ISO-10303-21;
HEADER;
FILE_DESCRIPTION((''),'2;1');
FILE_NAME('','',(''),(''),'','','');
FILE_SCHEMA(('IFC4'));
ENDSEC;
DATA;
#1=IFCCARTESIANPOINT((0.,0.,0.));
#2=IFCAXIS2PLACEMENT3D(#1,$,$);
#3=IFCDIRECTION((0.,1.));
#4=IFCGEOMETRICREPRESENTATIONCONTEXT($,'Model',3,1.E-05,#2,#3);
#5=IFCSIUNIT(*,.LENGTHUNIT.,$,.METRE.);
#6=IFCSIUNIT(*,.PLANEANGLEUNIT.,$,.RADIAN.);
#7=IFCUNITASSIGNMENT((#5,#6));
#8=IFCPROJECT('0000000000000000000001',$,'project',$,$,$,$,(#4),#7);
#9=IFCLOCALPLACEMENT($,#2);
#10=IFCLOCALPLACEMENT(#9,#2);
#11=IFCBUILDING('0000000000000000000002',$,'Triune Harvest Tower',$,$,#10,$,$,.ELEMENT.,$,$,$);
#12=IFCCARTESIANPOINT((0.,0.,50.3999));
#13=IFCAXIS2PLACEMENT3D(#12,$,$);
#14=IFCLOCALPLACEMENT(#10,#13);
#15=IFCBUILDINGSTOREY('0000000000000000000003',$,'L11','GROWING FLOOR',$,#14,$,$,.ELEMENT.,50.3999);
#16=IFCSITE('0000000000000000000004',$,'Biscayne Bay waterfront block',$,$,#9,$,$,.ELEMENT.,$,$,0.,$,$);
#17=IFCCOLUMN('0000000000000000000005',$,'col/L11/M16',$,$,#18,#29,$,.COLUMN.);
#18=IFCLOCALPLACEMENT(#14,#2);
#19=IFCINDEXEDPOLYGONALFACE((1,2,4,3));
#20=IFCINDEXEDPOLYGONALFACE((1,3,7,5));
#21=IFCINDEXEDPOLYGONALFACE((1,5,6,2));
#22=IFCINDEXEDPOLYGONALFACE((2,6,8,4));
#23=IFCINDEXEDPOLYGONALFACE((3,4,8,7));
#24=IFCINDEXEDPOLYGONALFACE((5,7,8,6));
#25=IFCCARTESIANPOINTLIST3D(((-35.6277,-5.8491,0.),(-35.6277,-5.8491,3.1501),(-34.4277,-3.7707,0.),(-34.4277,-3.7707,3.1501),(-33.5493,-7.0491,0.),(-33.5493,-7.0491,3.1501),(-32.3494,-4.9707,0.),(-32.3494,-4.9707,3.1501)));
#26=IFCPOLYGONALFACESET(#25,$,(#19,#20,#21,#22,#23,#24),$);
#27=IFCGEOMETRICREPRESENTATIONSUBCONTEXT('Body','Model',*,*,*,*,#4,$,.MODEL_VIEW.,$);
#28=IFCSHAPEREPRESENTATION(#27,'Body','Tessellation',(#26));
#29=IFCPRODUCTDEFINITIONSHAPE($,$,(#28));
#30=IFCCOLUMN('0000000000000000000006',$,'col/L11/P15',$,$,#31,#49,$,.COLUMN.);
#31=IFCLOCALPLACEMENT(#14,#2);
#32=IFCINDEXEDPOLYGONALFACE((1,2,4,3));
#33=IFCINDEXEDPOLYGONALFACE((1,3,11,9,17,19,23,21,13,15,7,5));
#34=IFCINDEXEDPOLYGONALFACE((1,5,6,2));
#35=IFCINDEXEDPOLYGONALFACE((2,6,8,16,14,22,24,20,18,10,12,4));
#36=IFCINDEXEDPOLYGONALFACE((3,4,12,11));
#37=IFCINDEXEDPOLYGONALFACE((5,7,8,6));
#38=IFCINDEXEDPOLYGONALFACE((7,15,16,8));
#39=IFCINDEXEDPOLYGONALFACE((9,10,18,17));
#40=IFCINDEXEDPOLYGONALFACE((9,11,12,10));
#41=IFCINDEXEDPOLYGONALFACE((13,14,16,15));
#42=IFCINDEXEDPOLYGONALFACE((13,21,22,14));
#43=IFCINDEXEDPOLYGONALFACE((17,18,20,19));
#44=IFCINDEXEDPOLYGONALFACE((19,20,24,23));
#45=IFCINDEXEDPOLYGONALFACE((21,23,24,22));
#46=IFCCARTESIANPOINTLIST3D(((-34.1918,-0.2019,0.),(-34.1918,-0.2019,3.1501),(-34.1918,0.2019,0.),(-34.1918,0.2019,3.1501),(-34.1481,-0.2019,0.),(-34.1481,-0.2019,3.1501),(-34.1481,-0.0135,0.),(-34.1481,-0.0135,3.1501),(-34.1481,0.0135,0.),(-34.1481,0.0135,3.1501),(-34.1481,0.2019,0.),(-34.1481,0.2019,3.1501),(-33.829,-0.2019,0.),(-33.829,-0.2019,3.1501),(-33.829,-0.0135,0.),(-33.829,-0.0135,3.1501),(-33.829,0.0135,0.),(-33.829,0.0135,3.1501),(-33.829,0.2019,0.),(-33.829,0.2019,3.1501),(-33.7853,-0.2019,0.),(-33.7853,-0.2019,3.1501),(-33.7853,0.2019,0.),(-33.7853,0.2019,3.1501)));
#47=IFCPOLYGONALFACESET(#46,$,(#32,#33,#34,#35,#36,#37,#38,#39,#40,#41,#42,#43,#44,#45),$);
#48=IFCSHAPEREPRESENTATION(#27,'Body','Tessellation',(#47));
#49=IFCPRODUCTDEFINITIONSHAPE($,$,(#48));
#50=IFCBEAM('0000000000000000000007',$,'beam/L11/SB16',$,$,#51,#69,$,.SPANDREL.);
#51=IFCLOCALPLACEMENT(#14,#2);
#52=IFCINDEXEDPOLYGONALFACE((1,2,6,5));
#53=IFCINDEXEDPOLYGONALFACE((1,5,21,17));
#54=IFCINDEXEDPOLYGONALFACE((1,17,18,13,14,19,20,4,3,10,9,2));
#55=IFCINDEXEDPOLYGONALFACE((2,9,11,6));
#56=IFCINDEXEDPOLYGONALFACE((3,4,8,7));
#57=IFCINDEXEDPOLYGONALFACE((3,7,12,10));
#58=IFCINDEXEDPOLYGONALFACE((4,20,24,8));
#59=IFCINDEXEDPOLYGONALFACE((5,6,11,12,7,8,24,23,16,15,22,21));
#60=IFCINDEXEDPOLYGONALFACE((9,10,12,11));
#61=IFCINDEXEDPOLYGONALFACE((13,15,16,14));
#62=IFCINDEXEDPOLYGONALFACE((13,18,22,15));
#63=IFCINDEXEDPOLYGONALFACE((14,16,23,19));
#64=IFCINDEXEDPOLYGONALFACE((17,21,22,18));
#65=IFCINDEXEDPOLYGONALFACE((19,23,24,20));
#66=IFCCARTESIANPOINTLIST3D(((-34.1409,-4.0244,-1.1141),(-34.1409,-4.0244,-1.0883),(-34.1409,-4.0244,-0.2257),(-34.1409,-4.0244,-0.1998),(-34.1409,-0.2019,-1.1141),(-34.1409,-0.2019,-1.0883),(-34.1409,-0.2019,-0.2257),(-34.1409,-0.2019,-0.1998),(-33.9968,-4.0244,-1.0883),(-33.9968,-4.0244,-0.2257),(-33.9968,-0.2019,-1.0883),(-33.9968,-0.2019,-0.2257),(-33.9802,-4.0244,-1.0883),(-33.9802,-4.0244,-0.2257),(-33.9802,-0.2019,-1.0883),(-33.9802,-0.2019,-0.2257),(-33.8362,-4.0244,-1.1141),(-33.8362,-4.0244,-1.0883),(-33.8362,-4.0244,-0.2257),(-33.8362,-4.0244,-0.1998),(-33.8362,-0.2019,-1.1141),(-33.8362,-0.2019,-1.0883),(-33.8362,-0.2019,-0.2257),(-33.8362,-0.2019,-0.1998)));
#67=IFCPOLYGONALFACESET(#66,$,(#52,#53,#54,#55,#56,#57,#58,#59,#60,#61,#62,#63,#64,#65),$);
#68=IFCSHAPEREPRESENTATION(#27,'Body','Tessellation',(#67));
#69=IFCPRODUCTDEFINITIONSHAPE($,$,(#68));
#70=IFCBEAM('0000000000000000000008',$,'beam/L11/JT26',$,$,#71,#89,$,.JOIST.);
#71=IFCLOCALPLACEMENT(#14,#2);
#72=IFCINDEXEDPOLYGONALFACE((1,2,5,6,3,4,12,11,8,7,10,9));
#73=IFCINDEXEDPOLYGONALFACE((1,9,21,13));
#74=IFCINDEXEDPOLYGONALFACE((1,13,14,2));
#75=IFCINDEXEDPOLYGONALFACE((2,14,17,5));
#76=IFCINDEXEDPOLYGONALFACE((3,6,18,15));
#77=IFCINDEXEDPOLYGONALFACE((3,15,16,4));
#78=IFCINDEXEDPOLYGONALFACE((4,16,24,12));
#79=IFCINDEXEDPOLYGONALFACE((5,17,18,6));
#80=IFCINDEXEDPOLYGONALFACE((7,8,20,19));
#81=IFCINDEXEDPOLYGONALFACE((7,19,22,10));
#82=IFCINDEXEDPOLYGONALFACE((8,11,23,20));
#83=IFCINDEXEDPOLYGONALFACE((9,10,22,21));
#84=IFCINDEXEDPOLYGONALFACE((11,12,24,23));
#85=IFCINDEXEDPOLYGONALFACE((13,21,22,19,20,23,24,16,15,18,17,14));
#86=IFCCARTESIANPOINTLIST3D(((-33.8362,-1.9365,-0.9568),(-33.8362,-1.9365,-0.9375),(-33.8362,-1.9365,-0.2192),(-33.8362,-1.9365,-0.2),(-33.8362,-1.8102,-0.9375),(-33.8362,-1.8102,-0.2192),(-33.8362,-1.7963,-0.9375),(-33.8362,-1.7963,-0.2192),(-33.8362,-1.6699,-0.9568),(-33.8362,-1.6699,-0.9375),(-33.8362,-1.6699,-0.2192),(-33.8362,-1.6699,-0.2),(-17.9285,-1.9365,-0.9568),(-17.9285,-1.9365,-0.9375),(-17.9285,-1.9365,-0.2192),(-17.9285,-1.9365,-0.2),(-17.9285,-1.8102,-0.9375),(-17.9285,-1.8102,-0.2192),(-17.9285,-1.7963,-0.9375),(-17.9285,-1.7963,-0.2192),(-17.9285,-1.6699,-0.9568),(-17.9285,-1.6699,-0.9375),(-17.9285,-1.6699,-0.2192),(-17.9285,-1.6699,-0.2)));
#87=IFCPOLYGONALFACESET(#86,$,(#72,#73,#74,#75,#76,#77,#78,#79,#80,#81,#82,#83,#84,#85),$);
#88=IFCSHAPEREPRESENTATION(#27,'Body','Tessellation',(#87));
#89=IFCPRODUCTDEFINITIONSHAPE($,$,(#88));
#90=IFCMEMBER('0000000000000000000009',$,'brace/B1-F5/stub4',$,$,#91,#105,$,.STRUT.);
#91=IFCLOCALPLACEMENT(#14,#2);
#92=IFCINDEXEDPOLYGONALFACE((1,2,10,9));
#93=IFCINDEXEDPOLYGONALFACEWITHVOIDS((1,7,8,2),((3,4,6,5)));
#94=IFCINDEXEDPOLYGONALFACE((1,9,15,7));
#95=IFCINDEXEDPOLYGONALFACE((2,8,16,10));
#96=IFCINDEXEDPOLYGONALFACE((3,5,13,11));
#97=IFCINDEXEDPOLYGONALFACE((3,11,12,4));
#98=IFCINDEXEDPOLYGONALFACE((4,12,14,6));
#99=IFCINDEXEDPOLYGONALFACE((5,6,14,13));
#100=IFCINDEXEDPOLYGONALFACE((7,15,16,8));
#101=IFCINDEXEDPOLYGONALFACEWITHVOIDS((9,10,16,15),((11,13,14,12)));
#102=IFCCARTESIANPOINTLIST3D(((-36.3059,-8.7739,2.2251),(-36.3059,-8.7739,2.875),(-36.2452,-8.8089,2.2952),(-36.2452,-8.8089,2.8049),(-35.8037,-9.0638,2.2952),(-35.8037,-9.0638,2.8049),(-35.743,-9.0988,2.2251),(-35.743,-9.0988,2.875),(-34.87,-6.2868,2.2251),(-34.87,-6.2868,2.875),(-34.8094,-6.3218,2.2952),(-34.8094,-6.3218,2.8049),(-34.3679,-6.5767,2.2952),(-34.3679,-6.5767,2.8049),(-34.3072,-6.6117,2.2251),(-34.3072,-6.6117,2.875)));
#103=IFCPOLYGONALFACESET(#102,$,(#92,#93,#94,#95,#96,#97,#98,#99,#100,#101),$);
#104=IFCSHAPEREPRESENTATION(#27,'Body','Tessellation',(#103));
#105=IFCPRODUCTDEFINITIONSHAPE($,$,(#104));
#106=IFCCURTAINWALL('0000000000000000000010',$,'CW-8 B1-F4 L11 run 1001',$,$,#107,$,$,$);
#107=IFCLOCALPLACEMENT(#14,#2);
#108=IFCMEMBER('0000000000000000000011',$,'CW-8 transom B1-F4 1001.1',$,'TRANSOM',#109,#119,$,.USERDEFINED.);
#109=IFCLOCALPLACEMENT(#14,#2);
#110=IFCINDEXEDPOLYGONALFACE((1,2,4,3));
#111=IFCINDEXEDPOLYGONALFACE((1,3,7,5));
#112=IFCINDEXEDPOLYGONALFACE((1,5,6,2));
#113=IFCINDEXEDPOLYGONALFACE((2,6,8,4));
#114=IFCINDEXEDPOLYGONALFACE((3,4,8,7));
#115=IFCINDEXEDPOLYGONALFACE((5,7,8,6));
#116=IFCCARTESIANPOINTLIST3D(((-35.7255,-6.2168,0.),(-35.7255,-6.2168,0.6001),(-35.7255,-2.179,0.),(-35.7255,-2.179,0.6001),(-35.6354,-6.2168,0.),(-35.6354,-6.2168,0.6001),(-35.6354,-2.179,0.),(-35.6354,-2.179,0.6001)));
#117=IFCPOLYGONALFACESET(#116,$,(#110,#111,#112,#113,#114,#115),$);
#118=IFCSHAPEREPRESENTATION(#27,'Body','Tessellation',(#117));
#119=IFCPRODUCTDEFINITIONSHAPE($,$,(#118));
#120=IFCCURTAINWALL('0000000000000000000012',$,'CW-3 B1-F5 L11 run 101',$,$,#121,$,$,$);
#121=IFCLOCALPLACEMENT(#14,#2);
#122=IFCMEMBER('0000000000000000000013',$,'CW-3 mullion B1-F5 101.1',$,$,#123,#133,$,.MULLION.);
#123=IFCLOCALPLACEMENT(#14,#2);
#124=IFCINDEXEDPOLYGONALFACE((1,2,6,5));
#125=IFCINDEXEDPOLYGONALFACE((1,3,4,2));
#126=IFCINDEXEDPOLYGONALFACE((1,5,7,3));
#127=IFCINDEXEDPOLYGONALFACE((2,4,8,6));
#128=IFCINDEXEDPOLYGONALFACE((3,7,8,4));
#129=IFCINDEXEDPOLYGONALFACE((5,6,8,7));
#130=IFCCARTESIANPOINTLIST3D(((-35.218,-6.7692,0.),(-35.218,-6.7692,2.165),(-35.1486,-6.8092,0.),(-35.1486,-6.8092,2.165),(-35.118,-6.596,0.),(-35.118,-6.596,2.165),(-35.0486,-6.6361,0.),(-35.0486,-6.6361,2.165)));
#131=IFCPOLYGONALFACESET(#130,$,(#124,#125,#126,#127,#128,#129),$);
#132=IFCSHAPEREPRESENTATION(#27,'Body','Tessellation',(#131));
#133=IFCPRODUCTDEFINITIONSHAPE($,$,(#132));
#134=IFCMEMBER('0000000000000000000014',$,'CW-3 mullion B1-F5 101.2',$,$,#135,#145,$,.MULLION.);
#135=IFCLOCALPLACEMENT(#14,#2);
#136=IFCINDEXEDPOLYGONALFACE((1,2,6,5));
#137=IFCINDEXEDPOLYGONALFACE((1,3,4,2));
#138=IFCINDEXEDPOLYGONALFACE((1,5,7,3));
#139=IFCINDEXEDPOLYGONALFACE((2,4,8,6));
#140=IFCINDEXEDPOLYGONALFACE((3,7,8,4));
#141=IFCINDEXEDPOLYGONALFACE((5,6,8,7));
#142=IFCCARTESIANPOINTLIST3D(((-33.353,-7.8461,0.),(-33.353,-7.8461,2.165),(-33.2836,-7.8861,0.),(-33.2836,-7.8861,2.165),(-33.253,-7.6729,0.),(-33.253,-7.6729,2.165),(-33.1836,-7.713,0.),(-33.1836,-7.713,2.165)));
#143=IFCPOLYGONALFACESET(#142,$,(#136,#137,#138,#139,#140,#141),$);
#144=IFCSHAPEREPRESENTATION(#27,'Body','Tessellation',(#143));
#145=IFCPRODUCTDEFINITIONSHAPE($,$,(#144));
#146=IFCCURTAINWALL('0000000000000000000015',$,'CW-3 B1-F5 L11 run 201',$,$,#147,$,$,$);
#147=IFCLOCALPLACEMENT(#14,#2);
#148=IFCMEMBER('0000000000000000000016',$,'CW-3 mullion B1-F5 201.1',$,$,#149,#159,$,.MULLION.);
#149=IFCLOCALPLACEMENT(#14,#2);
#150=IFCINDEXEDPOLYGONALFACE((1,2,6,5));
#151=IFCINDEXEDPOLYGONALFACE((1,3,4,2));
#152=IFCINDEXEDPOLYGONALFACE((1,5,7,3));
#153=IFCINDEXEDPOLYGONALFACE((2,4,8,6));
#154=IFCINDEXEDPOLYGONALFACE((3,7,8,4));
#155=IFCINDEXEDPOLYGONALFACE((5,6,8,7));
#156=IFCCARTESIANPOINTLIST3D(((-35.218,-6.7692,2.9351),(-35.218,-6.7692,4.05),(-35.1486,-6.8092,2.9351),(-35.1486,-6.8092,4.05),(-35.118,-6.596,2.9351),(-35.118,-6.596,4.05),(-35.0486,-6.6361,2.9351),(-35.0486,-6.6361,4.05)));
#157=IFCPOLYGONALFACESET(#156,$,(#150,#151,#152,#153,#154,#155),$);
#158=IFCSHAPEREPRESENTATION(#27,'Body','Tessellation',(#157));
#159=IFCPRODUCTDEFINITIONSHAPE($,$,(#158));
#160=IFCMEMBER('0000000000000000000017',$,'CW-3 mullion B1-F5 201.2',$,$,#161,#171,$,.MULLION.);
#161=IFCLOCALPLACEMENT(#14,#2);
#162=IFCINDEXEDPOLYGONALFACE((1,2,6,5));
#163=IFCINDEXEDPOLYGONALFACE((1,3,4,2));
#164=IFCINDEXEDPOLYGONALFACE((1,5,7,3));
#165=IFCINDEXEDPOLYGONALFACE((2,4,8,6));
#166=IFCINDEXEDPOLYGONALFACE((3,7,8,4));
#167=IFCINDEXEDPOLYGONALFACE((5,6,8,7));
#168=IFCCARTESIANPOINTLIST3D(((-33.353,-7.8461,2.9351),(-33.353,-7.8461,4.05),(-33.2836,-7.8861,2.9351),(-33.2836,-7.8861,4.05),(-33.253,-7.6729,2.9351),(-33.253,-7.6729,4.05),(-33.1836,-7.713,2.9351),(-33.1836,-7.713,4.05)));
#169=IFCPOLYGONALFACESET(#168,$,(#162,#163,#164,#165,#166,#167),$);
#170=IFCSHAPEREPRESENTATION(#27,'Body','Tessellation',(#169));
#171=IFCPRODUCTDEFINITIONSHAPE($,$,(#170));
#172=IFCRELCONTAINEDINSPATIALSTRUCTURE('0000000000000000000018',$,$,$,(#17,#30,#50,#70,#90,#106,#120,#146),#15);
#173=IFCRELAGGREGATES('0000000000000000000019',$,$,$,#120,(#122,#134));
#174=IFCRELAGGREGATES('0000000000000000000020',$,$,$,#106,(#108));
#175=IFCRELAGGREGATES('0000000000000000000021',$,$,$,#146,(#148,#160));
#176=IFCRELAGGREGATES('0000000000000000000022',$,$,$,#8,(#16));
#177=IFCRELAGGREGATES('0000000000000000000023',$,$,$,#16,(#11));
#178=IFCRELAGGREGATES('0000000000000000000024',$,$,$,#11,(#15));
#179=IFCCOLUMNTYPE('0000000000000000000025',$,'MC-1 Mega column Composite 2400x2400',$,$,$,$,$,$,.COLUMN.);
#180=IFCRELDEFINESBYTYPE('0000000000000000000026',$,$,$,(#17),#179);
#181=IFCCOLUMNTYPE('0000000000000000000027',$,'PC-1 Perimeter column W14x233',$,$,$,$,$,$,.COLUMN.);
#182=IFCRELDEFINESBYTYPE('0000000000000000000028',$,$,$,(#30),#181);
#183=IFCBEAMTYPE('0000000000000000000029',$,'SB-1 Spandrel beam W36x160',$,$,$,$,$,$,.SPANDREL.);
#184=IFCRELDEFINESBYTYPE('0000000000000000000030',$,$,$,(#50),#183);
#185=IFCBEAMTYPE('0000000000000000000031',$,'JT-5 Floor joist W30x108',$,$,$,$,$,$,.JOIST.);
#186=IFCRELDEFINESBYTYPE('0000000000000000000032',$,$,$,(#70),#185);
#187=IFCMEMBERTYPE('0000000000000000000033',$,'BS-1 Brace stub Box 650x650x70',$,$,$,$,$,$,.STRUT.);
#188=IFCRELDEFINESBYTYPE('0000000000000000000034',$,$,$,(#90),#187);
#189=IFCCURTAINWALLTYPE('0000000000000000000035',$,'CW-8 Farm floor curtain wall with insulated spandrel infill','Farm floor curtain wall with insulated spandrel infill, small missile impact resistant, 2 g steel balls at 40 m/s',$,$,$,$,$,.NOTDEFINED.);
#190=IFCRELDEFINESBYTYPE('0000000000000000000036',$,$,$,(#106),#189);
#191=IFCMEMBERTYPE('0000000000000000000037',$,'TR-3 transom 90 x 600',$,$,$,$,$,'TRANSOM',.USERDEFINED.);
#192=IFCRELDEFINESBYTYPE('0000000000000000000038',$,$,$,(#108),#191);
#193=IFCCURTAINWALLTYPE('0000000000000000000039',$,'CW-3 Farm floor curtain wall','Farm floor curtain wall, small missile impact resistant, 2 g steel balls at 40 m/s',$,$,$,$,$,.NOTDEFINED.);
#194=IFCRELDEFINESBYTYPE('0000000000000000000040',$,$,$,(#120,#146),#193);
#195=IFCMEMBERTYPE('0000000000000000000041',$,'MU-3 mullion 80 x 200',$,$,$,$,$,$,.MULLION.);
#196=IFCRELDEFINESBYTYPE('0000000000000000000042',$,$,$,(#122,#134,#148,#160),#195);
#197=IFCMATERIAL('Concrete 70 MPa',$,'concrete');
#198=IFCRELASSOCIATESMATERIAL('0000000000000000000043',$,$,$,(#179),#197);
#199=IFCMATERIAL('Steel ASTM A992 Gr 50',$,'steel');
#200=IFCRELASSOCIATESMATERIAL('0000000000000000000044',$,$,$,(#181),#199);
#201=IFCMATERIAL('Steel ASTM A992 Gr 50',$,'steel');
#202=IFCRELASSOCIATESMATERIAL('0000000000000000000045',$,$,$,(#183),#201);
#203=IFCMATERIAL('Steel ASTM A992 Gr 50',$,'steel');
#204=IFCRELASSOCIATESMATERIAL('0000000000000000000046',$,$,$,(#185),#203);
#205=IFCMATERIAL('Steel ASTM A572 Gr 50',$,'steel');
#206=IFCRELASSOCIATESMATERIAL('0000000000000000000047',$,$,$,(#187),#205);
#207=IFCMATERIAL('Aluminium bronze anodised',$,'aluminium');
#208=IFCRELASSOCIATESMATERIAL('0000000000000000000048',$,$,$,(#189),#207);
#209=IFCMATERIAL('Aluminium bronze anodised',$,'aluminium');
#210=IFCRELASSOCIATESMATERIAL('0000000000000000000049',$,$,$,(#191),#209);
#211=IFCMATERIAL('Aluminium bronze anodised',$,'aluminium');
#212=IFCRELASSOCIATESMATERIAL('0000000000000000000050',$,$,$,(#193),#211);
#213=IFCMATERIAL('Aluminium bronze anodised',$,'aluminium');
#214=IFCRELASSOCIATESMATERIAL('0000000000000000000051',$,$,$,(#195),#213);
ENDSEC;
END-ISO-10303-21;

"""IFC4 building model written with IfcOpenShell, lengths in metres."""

from ifc_helpers import new_model, si_unit, direction, frame, origin, origin_2d, place, context, subcontext, project, spatial, rectangle, hollow_rectangle, i_section, extrude, source, transform, mapped, material, material_profile, profile_set, type_object, element, aggregate, save


model = new_model("IFC4")

# Units and contexts
model_context = context("Model", 3, precision=1e-05, world=origin(), true_north=direction((0.0, 1.0)))
body_context = subcontext(model_context, "Body", "Model", "MODEL_VIEW")
ifc_project = project(units=[si_unit("LENGTHUNIT", "METRE"), si_unit("PLANEANGLEUNIT", "RADIAN")], contexts=[model_context])

# Site, building, storey
site_placement = place(None, origin())
site = spatial("IfcSite", under=ifc_project, at=site_placement, Name="Biscayne Bay waterfront block", CompositionType="ELEMENT", RefElevation=0.0)
building_placement = place(site_placement, origin())
building = spatial("IfcBuilding", under=site, at=building_placement, Name="Triune Harvest Tower", CompositionType="ELEMENT")
storey_placement = place(building_placement, frame((0.0, 0.0, 50.3999)))
storey = spatial("IfcBuildingStorey", under=building, at=storey_placement, Name="L11", Description="GROWING FLOOR", CompositionType="ELEMENT", Elevation=50.3999)

# Columns
ifc_material_1 = material(Name="Concrete 70 MPa", Category="concrete")
ifc_material_profile_1 = material_profile(ifc_material_1, rectangle(XDim=2.3999, YDim=2.3999, at=origin_2d()), Name="Composite 2400x2400")
ifc_profile_set_1 = profile_set([ifc_material_profile_1], Name="Concrete 70 MPa")
column_type_1 = type_object("IfcColumnType", Name="MC-1 Mega column Composite 2400x2400", PredefinedType="COLUMN", material=ifc_profile_set_1)
shared_shape_1 = source(origin(), body_context, "Body", "SweptSolid", [
    extrude(rectangle(XDim=2.3999, YDim=2.3999, at=origin_2d()), origin(), (0.0, 0.0, 1.0), 3.1501),
])
column_1_placement = place(storey_placement, frame((-33.9885, -5.4099, 0.0), z_axis=(0.0, 0.0, 1.0), x_axis=(0.866025, -0.5, 0.0)))
element("IfcColumn", 1, at=column_1_placement, inside=storey, type_object=column_type_1, Name="col/L11/M16", PredefinedType="COLUMN", context=body_context, shape_type="MappedRepresentation", body=[
    mapped(shared_shape_1, transform((0.0, 0.0, 0.0), scale=1.0)),
])
ifc_material_2 = material(Name="Steel ASTM A992 Gr 50", Category="steel")
ifc_material_profile_2 = material_profile(ifc_material_2, i_section(OverallWidth=0.4038, OverallDepth=0.4065, WebThickness=0.0271, FlangeThickness=0.0437, at=origin_2d()), Name="W14x233")
ifc_profile_set_2 = profile_set([ifc_material_profile_2], Name="Steel ASTM A992 Gr 50")
column_type_2 = type_object("IfcColumnType", Name="PC-1 Perimeter column W14x233", PredefinedType="COLUMN", material=ifc_profile_set_2)
shared_shape_2 = source(origin(), body_context, "Body", "SweptSolid", [
    extrude(i_section(OverallWidth=0.4038, OverallDepth=0.4065, WebThickness=0.0271, FlangeThickness=0.0437, at=origin_2d()), origin(), (0.0, 0.0, 1.0), 3.1501),
])
column_2_placement = place(storey_placement, frame((-33.9885, 0.0, 0.0), z_axis=(0.0, 0.0, 1.0), x_axis=(0.0, -1.0, 0.0)))
element("IfcColumn", 2, at=column_2_placement, inside=storey, type_object=column_type_2, Name="col/L11/P15", PredefinedType="COLUMN", context=body_context, shape_type="MappedRepresentation", body=[
    mapped(shared_shape_2, transform((0.0, 0.0, 0.0), scale=1.0)),
])

# Beams
ifc_material_3 = material(Name="Steel ASTM A992 Gr 50", Category="steel")
ifc_material_profile_3 = material_profile(ifc_material_3, i_section(OverallWidth=0.3047, OverallDepth=0.9143, WebThickness=0.0166, FlangeThickness=0.0259, at=origin_2d()), Name="W36x160")
ifc_profile_set_3 = profile_set([ifc_material_profile_3], Name="Steel ASTM A992 Gr 50")
beam_type_1 = type_object("IfcBeamType", Name="SB-1 Spandrel beam W36x160", PredefinedType="SPANDREL", material=ifc_profile_set_3)
shared_shape_3 = source(origin(), body_context, "Body", "SweptSolid", [
    extrude(i_section(OverallWidth=0.3047, OverallDepth=0.9143, WebThickness=0.0166, FlangeThickness=0.0259, at=origin_2d()), origin(), (0.0, 0.0, 1.0), 3.8225),
])
beam_1_placement = place(storey_placement, frame((-33.9885, -0.2019, -0.657), z_axis=(0.0, -1.0, 0.0), x_axis=(1.0, 0.0, 0.0)))
element("IfcBeam", 3, at=beam_1_placement, inside=storey, type_object=beam_type_1, Name="beam/L11/SB16", PredefinedType="SPANDREL", context=body_context, shape_type="MappedRepresentation", body=[
    mapped(shared_shape_3, transform((0.0, 0.0, 0.0), scale=1.0)),
])
ifc_material_4 = material(Name="Steel ASTM A992 Gr 50", Category="steel")
ifc_material_profile_4 = material_profile(ifc_material_4, i_section(OverallWidth=0.2666, OverallDepth=0.7568, WebThickness=0.0139, FlangeThickness=0.0193, at=origin_2d()), Name="W30x108")
ifc_profile_set_4 = profile_set([ifc_material_profile_4], Name="Steel ASTM A992 Gr 50")
beam_type_2 = type_object("IfcBeamType", Name="JT-5 Floor joist W30x108", PredefinedType="JOIST", material=ifc_profile_set_4)
shared_shape_4 = source(origin(), body_context, "Body", "SweptSolid", [
    extrude(i_section(OverallWidth=0.2666, OverallDepth=0.7568, WebThickness=0.0139, FlangeThickness=0.0193, at=origin_2d()), origin(), (0.0, 0.0, 1.0), 15.9077),
])
beam_2_placement = place(storey_placement, frame((-33.8362, -1.8032, -0.5784), z_axis=(1.0, 0.0, 0.0), x_axis=(0.0, 1.0, 0.0)))
element("IfcBeam", 4, at=beam_2_placement, inside=storey, type_object=beam_type_2, Name="beam/L11/JT26", PredefinedType="JOIST", context=body_context, shape_type="MappedRepresentation", body=[
    mapped(shared_shape_4, transform((0.0, 0.0, 0.0), scale=1.0)),
])

# Member
ifc_material_5 = material(Name="Steel ASTM A572 Gr 50", Category="steel")
ifc_material_profile_5 = material_profile(ifc_material_5, hollow_rectangle(XDim=0.6499, YDim=0.6499, WallThickness=0.0701, at=origin_2d()), Name="Box 650x650x70")
ifc_profile_set_5 = profile_set([ifc_material_profile_5], Name="Steel ASTM A572 Gr 50")
member_type_1 = type_object("IfcMemberType", Name="BS-1 Brace stub Box 650x650x70", PredefinedType="STRUT", material=ifc_profile_set_5)
shared_shape_5 = source(origin(), body_context, "Body", "SweptSolid", [
    extrude(hollow_rectangle(XDim=0.6499, YDim=0.6499, WallThickness=0.0701, at=origin_2d()), origin(), (0.0, 0.0, 1.0), 2.8718),
])
member_1_placement = place(storey_placement, frame((-34.5886, -6.4492, 2.55), z_axis=(-0.49997, -0.866043, 0.0), x_axis=(0.866043, -0.49997, 0.0)))
element("IfcMember", 5, at=member_1_placement, inside=storey, type_object=member_type_1, Name="brace/B1-F5/stub4", PredefinedType="STRUT", context=body_context, shape_type="MappedRepresentation", body=[
    mapped(shared_shape_5, transform((0.0, 0.0, 0.0), scale=1.0)),
])

# Curtain wall, member
ifc_material_6 = material(Name="Aluminium bronze anodised", Category="aluminium")
curtain_wall_type_1 = type_object("IfcCurtainWallType", Name="CW-8 Farm floor curtain wall with insulated spandrel infill", Description="Farm floor curtain wall with insulated spandrel infill, small missile impact resistant, 2 g steel balls at 40 m/s", PredefinedType="NOTDEFINED", material=ifc_material_6)
curtain_wall_1_placement = place(storey_placement, origin())
curtain_wall_1 = element("IfcCurtainWall", 6, at=curtain_wall_1_placement, inside=storey, type_object=curtain_wall_type_1, Name="CW-8 B1-F4 L11 run 1001")
ifc_material_7 = material(Name="Aluminium bronze anodised", Category="aluminium")
ifc_material_profile_6 = material_profile(ifc_material_7, rectangle(XDim=0.0901, YDim=0.6001, at=origin_2d()), Name="TR-3 transom 90 x 600")
ifc_profile_set_6 = profile_set([ifc_material_profile_6], Name="Aluminium bronze anodised")
member_type_2 = type_object("IfcMemberType", Name="TR-3 transom 90 x 600", ElementType="TRANSOM", PredefinedType="USERDEFINED", material=ifc_profile_set_6)
shared_shape_6 = source(origin(), body_context, "Body", "SweptSolid", [
    extrude(rectangle(XDim=0.0901, YDim=0.6001, at=origin_2d()), origin(), (0.0, 0.0, 1.0), 4.0378),
])
member_2_placement = place(storey_placement, frame((-35.6804, -2.179, 0.3), z_axis=(0.0, -1.0, 0.0), x_axis=(1.0, 0.0, 0.0)))
member_2 = element("IfcMember", 7, at=member_2_placement, type_object=member_type_2, Name="CW-8 transom B1-F4 1001.1", ObjectType="TRANSOM", PredefinedType="USERDEFINED", context=body_context, shape_type="MappedRepresentation", body=[
    mapped(shared_shape_6, transform((0.0, 0.0, 0.0), scale=1.0)),
])

# Curtain walls, members
ifc_material_8 = material(Name="Aluminium bronze anodised", Category="aluminium")
curtain_wall_type_2 = type_object("IfcCurtainWallType", Name="CW-3 Farm floor curtain wall", Description="Farm floor curtain wall, small missile impact resistant, 2 g steel balls at 40 m/s", PredefinedType="NOTDEFINED", material=ifc_material_8)
curtain_wall_2_placement = place(storey_placement, origin())
curtain_wall_2 = element("IfcCurtainWall", 8, at=curtain_wall_2_placement, inside=storey, type_object=curtain_wall_type_2, Name="CW-3 B1-F5 L11 run 101")
ifc_material_9 = material(Name="Aluminium bronze anodised", Category="aluminium")
ifc_material_profile_7 = material_profile(ifc_material_9, rectangle(XDim=0.2, YDim=0.0801, at=origin_2d()), Name="MU-3 mullion 80 x 200")
ifc_profile_set_7 = profile_set([ifc_material_profile_7], Name="Aluminium bronze anodised")
member_type_3 = type_object("IfcMemberType", Name="MU-3 mullion 80 x 200", PredefinedType="MULLION", material=ifc_profile_set_7)
shared_shape_7 = source(origin(), body_context, "Body", "SweptSolid", [
    extrude(rectangle(XDim=0.2, YDim=0.0801, at=origin_2d()), origin(), (0.0, 0.0, 1.0), 2.165),
])
member_3_placement = place(storey_placement, frame((-35.1333, -6.7026, 0.0), z_axis=(0.0, 0.0, 1.0), x_axis=(0.499991, 0.866031, 0.0)))
member_3 = element("IfcMember", 9, at=member_3_placement, type_object=member_type_3, Name="CW-3 mullion B1-F5 101.1", PredefinedType="MULLION", context=body_context, shape_type="MappedRepresentation", body=[
    mapped(shared_shape_7, transform((0.0, 0.0, 0.0), scale=1.0)),
])
member_4_placement = place(storey_placement, frame((-33.2683, -7.7795, 0.0), z_axis=(0.0, 0.0, 1.0), x_axis=(0.499991, 0.866031, 0.0)))
member_4 = element("IfcMember", 10, at=member_4_placement, type_object=member_type_3, Name="CW-3 mullion B1-F5 101.2", PredefinedType="MULLION", context=body_context, shape_type="MappedRepresentation", body=[
    mapped(shared_shape_7, transform((0.0, 0.0, 0.0), scale=1.0)),
])
curtain_wall_3_placement = place(storey_placement, origin())
curtain_wall_3 = element("IfcCurtainWall", 11, at=curtain_wall_3_placement, inside=storey, type_object=curtain_wall_type_2, Name="CW-3 B1-F5 L11 run 201")
shared_shape_8 = source(origin(), body_context, "Body", "SweptSolid", [
    extrude(rectangle(XDim=0.2, YDim=0.0801, at=origin_2d()), origin(), (0.0, 0.0, 1.0), 1.115),
])
member_5_placement = place(storey_placement, frame((-35.1333, -6.7026, 2.9351), z_axis=(0.0, 0.0, 1.0), x_axis=(0.499991, 0.866031, 0.0)))
member_5 = element("IfcMember", 12, at=member_5_placement, type_object=member_type_3, Name="CW-3 mullion B1-F5 201.1", PredefinedType="MULLION", context=body_context, shape_type="MappedRepresentation", body=[
    mapped(shared_shape_8, transform((0.0, 0.0, 0.0), scale=1.0)),
])
member_6_placement = place(storey_placement, frame((-33.2683, -7.7795, 2.9351), z_axis=(0.0, 0.0, 1.0), x_axis=(0.499991, 0.866031, 0.0)))
member_6 = element("IfcMember", 13, at=member_6_placement, type_object=member_type_3, Name="CW-3 mullion B1-F5 201.2", PredefinedType="MULLION", context=body_context, shape_type="MappedRepresentation", body=[
    mapped(shared_shape_8, transform((0.0, 0.0, 0.0), scale=1.0)),
])

aggregate(curtain_wall_2, [member_3, member_4])
aggregate(curtain_wall_1, [member_2])
aggregate(curtain_wall_3, [member_5, member_6])

save(model, "model.ifc")
